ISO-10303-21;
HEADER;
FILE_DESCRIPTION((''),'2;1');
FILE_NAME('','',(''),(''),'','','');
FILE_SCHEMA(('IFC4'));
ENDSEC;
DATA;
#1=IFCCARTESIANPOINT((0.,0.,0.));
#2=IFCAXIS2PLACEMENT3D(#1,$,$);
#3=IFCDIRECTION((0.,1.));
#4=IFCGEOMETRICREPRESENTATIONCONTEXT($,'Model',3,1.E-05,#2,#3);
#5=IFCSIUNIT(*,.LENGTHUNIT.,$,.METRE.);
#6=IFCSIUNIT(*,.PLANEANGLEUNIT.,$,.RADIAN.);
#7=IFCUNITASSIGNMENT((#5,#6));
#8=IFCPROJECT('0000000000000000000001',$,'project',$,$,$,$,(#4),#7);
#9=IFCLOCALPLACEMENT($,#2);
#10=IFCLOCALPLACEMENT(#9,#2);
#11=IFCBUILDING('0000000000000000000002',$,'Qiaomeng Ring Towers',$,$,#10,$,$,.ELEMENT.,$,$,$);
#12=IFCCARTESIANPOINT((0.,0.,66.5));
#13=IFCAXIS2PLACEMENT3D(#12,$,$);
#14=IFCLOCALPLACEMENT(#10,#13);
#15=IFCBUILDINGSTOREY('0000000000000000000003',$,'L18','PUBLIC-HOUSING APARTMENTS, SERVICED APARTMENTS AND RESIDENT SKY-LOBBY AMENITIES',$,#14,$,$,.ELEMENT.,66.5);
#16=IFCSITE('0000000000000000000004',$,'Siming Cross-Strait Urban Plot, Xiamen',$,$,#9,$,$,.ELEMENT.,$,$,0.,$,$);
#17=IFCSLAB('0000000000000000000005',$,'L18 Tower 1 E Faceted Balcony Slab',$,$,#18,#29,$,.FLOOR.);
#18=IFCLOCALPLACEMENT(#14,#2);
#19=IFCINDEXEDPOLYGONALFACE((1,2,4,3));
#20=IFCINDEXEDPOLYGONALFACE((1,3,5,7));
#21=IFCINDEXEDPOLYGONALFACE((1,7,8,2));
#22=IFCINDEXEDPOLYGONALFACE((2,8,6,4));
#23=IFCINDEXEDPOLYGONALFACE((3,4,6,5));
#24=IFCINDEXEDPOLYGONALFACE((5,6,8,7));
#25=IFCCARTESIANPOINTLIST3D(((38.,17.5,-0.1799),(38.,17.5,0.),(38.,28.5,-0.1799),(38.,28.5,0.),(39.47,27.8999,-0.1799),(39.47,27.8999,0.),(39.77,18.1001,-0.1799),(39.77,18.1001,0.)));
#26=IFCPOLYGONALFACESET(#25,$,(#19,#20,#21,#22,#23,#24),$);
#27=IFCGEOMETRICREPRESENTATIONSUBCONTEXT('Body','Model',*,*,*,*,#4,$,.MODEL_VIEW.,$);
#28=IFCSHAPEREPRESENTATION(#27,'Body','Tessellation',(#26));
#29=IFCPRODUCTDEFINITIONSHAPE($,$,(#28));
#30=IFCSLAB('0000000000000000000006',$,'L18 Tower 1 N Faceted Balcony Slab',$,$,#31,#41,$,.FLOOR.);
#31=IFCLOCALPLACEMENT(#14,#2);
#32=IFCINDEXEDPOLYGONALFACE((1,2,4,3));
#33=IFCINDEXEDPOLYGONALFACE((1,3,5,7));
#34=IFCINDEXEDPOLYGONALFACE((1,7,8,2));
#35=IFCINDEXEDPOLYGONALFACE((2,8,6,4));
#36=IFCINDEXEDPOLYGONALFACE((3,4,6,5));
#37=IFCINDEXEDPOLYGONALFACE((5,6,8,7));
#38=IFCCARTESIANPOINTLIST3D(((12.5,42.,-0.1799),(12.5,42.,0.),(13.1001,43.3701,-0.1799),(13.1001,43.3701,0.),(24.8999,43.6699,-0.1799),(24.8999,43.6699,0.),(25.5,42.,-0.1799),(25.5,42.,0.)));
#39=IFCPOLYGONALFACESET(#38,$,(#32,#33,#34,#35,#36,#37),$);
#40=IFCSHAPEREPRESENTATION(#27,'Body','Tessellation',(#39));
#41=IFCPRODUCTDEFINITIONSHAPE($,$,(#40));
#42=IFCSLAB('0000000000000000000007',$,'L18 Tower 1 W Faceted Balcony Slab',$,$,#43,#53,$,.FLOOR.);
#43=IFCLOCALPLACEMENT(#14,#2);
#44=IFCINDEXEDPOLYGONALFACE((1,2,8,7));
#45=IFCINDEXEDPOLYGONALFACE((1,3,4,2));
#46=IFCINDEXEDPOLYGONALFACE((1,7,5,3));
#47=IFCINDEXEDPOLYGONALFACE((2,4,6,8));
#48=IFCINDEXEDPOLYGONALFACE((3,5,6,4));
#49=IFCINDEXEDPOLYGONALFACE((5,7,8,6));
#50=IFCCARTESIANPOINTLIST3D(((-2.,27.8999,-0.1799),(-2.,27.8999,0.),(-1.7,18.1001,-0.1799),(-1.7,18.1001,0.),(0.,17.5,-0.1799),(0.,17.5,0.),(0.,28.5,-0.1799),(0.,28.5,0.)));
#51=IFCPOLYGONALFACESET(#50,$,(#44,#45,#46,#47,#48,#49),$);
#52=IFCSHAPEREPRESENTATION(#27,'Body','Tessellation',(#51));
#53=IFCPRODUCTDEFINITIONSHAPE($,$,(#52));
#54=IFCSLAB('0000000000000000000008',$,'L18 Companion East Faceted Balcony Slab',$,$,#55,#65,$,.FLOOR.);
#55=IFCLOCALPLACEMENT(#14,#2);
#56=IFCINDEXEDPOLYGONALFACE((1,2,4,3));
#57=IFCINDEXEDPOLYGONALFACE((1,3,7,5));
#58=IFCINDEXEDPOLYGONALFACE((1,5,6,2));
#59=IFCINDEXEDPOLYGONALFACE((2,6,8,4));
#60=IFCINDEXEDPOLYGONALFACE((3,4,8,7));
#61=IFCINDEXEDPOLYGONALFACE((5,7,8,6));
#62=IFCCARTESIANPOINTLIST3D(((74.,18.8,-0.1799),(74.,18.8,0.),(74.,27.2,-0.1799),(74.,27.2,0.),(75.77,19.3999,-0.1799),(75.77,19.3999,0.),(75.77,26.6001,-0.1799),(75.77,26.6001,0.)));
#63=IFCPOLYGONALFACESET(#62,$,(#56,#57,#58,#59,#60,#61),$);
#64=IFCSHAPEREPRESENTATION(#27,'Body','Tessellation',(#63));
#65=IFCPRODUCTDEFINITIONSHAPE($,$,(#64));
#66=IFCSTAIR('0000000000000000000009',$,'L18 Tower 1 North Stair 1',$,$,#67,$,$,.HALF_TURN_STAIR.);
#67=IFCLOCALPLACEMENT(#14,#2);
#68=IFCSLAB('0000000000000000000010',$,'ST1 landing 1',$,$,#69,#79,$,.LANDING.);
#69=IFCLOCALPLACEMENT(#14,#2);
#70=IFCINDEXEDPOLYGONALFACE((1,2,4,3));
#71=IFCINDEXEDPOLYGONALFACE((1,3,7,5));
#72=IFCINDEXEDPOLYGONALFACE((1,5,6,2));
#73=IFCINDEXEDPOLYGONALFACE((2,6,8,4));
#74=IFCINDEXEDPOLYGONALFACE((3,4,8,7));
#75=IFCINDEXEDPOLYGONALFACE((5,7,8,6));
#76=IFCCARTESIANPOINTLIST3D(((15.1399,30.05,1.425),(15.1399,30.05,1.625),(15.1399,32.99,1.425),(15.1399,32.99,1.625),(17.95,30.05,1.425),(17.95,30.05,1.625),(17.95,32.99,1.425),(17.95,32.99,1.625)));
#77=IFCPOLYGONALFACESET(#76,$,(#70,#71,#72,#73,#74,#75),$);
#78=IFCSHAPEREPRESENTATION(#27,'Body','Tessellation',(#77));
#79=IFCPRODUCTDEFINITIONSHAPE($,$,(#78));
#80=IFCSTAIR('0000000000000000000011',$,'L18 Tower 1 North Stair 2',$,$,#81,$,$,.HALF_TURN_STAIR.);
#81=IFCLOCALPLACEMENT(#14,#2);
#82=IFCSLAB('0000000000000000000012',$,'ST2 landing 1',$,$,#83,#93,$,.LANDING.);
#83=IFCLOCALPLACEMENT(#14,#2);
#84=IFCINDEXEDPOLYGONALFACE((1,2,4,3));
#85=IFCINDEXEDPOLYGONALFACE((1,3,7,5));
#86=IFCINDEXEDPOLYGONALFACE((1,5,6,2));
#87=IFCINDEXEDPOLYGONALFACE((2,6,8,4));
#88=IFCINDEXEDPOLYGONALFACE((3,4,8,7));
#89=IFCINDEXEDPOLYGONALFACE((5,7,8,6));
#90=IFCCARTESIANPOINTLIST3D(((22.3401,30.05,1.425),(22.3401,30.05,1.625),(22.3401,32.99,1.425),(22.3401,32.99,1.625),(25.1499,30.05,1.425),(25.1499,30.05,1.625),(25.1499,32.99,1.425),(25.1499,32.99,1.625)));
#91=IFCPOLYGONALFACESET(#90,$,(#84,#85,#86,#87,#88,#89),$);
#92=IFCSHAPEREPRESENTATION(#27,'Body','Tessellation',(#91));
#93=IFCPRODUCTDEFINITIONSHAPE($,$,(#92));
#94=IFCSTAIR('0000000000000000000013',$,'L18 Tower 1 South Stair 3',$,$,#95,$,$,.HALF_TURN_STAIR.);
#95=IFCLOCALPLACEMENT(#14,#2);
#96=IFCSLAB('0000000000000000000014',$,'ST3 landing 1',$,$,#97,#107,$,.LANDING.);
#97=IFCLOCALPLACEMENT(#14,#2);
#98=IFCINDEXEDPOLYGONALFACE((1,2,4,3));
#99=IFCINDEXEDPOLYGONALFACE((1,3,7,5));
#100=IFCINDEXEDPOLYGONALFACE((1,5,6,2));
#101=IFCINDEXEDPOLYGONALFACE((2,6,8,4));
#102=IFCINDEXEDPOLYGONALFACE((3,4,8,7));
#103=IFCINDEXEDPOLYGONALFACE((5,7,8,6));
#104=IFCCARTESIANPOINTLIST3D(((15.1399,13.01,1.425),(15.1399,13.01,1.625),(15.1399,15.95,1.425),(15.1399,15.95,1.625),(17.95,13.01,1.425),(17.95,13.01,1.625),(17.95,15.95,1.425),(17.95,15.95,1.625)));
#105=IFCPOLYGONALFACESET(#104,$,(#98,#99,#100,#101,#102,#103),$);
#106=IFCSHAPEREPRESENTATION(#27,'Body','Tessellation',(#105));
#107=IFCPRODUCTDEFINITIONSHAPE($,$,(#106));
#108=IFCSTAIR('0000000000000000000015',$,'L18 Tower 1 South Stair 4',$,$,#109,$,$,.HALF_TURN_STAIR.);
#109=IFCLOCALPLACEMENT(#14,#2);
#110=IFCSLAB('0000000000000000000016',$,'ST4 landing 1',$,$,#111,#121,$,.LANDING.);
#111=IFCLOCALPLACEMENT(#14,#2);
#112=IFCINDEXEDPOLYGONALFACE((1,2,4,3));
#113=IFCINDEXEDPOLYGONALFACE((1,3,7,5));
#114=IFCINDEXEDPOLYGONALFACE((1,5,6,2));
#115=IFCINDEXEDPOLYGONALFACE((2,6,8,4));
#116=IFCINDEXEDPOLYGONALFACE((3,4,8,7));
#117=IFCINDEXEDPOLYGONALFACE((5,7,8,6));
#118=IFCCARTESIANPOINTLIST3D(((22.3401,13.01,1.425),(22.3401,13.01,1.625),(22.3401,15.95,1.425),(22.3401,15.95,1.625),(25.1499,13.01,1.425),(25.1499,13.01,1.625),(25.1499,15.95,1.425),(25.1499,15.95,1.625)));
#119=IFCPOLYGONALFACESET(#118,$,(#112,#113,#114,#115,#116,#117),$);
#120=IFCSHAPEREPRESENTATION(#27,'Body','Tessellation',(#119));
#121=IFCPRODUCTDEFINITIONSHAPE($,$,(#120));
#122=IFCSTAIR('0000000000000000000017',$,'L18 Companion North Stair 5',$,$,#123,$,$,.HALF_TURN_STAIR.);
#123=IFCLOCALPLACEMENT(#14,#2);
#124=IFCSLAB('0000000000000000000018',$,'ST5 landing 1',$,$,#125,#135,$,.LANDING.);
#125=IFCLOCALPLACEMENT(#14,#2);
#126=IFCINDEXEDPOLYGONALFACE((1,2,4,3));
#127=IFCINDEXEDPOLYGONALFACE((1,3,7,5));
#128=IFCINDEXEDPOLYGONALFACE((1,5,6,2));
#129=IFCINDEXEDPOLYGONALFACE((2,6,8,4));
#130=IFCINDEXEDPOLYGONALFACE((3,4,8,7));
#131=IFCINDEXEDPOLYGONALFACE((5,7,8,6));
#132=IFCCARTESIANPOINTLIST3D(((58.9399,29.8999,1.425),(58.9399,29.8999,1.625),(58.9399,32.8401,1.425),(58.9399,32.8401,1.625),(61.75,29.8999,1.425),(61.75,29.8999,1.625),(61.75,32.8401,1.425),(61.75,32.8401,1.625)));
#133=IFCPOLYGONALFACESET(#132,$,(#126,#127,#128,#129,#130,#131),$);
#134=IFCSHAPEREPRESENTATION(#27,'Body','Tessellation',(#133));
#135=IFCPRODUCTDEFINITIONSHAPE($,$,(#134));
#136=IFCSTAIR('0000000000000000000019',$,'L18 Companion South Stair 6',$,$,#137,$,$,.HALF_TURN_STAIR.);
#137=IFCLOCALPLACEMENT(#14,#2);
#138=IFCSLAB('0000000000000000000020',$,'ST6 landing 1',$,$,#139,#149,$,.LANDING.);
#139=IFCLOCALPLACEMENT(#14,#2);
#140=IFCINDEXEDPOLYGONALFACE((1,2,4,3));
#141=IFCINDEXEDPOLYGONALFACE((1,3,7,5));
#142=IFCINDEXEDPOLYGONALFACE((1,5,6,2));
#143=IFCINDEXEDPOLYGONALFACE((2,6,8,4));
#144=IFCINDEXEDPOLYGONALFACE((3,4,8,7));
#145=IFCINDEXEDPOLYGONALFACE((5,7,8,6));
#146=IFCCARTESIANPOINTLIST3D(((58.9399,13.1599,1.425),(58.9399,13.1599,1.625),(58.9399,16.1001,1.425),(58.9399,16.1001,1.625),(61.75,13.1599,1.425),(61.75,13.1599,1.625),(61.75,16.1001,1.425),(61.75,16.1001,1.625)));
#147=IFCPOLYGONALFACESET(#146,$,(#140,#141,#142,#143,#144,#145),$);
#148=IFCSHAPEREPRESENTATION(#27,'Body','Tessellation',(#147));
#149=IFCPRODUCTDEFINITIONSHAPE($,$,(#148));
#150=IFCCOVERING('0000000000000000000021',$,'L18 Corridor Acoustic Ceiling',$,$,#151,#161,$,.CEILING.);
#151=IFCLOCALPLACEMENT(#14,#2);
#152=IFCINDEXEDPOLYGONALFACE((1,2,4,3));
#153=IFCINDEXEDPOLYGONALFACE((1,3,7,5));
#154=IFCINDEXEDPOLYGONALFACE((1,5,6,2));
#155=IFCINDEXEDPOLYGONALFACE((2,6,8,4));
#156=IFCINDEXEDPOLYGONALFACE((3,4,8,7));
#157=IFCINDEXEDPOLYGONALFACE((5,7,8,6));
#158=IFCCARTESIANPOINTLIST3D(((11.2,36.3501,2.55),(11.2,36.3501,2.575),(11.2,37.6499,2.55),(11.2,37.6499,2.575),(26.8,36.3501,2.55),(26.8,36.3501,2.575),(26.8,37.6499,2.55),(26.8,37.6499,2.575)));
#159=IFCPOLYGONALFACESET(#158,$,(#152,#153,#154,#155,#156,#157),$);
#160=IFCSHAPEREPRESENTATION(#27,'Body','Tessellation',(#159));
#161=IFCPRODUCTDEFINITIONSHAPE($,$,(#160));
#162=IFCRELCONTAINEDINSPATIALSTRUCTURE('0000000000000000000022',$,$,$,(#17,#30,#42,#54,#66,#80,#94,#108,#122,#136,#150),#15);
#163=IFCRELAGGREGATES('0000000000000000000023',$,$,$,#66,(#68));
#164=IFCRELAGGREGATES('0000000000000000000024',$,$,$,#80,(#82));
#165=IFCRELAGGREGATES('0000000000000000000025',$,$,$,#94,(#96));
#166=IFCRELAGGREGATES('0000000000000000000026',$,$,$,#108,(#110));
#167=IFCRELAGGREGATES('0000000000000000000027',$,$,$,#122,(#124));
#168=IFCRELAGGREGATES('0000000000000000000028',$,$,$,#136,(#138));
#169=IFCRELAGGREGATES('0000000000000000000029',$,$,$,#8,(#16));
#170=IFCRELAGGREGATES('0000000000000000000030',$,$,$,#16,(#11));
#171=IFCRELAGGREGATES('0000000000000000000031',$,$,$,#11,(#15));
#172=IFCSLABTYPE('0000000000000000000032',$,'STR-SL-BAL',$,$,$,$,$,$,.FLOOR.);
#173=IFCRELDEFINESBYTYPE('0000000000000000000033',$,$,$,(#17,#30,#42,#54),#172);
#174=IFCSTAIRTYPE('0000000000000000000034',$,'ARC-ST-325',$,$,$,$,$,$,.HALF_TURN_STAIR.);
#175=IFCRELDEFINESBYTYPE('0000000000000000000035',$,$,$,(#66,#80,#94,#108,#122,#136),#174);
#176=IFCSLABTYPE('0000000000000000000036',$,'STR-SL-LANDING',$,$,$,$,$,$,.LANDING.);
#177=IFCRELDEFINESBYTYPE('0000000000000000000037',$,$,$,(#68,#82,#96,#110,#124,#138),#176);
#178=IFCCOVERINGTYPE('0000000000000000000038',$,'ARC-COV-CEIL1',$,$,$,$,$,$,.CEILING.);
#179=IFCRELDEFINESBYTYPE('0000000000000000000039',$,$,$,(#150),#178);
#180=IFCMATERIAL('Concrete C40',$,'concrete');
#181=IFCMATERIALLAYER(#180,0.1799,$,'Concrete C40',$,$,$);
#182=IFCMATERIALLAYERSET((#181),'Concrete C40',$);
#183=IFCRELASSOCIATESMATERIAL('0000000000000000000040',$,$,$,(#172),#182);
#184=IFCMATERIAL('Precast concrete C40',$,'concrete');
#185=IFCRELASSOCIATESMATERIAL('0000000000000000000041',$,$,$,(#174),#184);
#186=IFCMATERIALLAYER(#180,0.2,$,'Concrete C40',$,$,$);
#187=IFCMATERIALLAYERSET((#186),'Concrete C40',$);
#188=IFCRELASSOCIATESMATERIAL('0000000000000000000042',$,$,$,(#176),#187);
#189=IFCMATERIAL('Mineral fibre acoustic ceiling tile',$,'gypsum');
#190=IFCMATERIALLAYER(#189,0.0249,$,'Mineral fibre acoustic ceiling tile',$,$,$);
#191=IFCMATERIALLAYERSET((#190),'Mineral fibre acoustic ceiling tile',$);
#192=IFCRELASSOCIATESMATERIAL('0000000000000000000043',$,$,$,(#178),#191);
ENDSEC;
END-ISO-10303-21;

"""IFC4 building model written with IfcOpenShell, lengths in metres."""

from ifc_helpers import new_model, si_unit, direction, frame, origin, place, context, subcontext, project, spatial, polyline, outline, extrude, material, layer, layer_set, type_object, element, aggregate, save


model = new_model("IFC4")

# Units and contexts
model_context = context("Model", 3, precision=1e-05, world=origin(), true_north=direction((0.0, 1.0)))
body_context = subcontext(model_context, "Body", "Model", "MODEL_VIEW")
ifc_project = project(units=[si_unit("LENGTHUNIT", "METRE"), si_unit("PLANEANGLEUNIT", "RADIAN")], contexts=[model_context])

# Site, building, storey
site_placement = place(None, origin())
site = spatial("IfcSite", under=ifc_project, at=site_placement, Name="Siming Cross-Strait Urban Plot, Xiamen", CompositionType="ELEMENT", RefElevation=0.0)
building_placement = place(site_placement, origin())
building = spatial("IfcBuilding", under=site, at=building_placement, Name="Qiaomeng Ring Towers", CompositionType="ELEMENT")
storey_placement = place(building_placement, frame((0.0, 0.0, 66.5)))
storey = spatial("IfcBuildingStorey", under=building, at=storey_placement, Name="L18", Description="PUBLIC-HOUSING APARTMENTS, SERVICED APARTMENTS AND RESIDENT SKY-LOBBY AMENITIES", CompositionType="ELEMENT", Elevation=66.5)

# Slabs
ifc_material_1 = material(Name="Concrete C40", Category="concrete")
ifc_layer_1 = layer(ifc_material_1, 0.1799, Name="Concrete C40")
ifc_layer_set_1 = layer_set([ifc_layer_1], Name="Concrete C40")
slab_type_1 = type_object("IfcSlabType", Name="STR-SL-BAL", PredefinedType="FLOOR", material=ifc_layer_set_1)
slab_1_placement = place(storey_placement, frame((0.0, 0.0, -0.1799)))
element("IfcSlab", 1, at=slab_1_placement, inside=storey, type_object=slab_type_1, Name="L18 Tower 1 E Faceted Balcony Slab", PredefinedType="FLOOR", context=body_context, shape_type="SweptSolid", body=[
    extrude(outline(polyline([(39.47, 27.8999), (39.77, 18.1001), (38.0, 17.5), (38.0, 28.5), (39.47, 27.8999)])), origin(), (0.0, 0.0, 1.0), 0.1799),
])
slab_2_placement = place(storey_placement, frame((0.0, 0.0, -0.1799)))
element("IfcSlab", 2, at=slab_2_placement, inside=storey, type_object=slab_type_1, Name="L18 Tower 1 N Faceted Balcony Slab", PredefinedType="FLOOR", context=body_context, shape_type="SweptSolid", body=[
    extrude(outline(polyline([(12.5, 42.0), (13.1001, 43.3701), (24.8999, 43.6699), (25.5, 42.0), (12.5, 42.0)])), origin(), (0.0, 0.0, 1.0), 0.1799),
])
slab_3_placement = place(storey_placement, frame((0.0, 0.0, -0.1799)))
element("IfcSlab", 3, at=slab_3_placement, inside=storey, type_object=slab_type_1, Name="L18 Tower 1 W Faceted Balcony Slab", PredefinedType="FLOOR", context=body_context, shape_type="SweptSolid", body=[
    extrude(outline(polyline([(0.0, 17.5), (-1.7, 18.1001), (-2.0, 27.8999), (0.0, 28.5), (0.0, 17.5)])), origin(), (0.0, 0.0, 1.0), 0.1799),
])
slab_4_placement = place(storey_placement, frame((0.0, 0.0, -0.1799)))
element("IfcSlab", 4, at=slab_4_placement, inside=storey, type_object=slab_type_1, Name="L18 Companion East Faceted Balcony Slab", PredefinedType="FLOOR", context=body_context, shape_type="SweptSolid", body=[
    extrude(outline(polyline([(75.77, 26.6001), (75.77, 19.3999), (74.0, 18.8), (74.0, 27.2), (75.77, 26.6001)])), origin(), (0.0, 0.0, 1.0), 0.1799),
])

# Stairs, slabs
ifc_material_2 = material(Name="Precast concrete C40", Category="concrete")
stair_type = type_object("IfcStairType", Name="ARC-ST-325", PredefinedType="HALF_TURN_STAIR", material=ifc_material_2)
stair_1_placement = place(storey_placement, origin())
stair_1 = element("IfcStair", 5, at=stair_1_placement, inside=storey, type_object=stair_type, Name="L18 Tower 1 North Stair 1", PredefinedType="HALF_TURN_STAIR")
ifc_layer_2 = layer(ifc_material_1, 0.2, Name="Concrete C40")
ifc_layer_set_2 = layer_set([ifc_layer_2], Name="Concrete C40")
slab_type_2 = type_object("IfcSlabType", Name="STR-SL-LANDING", PredefinedType="LANDING", material=ifc_layer_set_2)
slab_5_placement = place(storey_placement, frame((0.0, 0.0, 1.425)))
slab_5 = element("IfcSlab", 6, at=slab_5_placement, type_object=slab_type_2, Name="ST1 landing 1", PredefinedType="LANDING", context=body_context, shape_type="SweptSolid", body=[
    extrude(outline(polyline([(15.1399, 30.05), (17.95, 30.05), (17.95, 32.99), (15.1399, 32.99), (15.1399, 30.05)])), origin(), (0.0, 0.0, 1.0), 0.2),
])
aggregate(stair_1, [slab_5])
stair_2_placement = place(storey_placement, origin())
stair_2 = element("IfcStair", 7, at=stair_2_placement, inside=storey, type_object=stair_type, Name="L18 Tower 1 North Stair 2", PredefinedType="HALF_TURN_STAIR")
slab_6_placement = place(storey_placement, frame((0.0, 0.0, 1.425)))
slab_6 = element("IfcSlab", 8, at=slab_6_placement, type_object=slab_type_2, Name="ST2 landing 1", PredefinedType="LANDING", context=body_context, shape_type="SweptSolid", body=[
    extrude(outline(polyline([(22.3401, 30.05), (25.1499, 30.05), (25.1499, 32.99), (22.3401, 32.99), (22.3401, 30.05)])), origin(), (0.0, 0.0, 1.0), 0.2),
])
aggregate(stair_2, [slab_6])
stair_3_placement = place(storey_placement, origin())
stair_3 = element("IfcStair", 9, at=stair_3_placement, inside=storey, type_object=stair_type, Name="L18 Tower 1 South Stair 3", PredefinedType="HALF_TURN_STAIR")
slab_7_placement = place(storey_placement, frame((0.0, 0.0, 1.425)))
slab_7 = element("IfcSlab", 10, at=slab_7_placement, type_object=slab_type_2, Name="ST3 landing 1", PredefinedType="LANDING", context=body_context, shape_type="SweptSolid", body=[
    extrude(outline(polyline([(15.1399, 13.01), (17.95, 13.01), (17.95, 15.95), (15.1399, 15.95), (15.1399, 13.01)])), origin(), (0.0, 0.0, 1.0), 0.2),
])
aggregate(stair_3, [slab_7])
stair_4_placement = place(storey_placement, origin())
stair_4 = element("IfcStair", 11, at=stair_4_placement, inside=storey, type_object=stair_type, Name="L18 Tower 1 South Stair 4", PredefinedType="HALF_TURN_STAIR")
slab_8_placement = place(storey_placement, frame((0.0, 0.0, 1.425)))
slab_8 = element("IfcSlab", 12, at=slab_8_placement, type_object=slab_type_2, Name="ST4 landing 1", PredefinedType="LANDING", context=body_context, shape_type="SweptSolid", body=[
    extrude(outline(polyline([(22.3401, 13.01), (25.1499, 13.01), (25.1499, 15.95), (22.3401, 15.95), (22.3401, 13.01)])), origin(), (0.0, 0.0, 1.0), 0.2),
])
aggregate(stair_4, [slab_8])
stair_5_placement = place(storey_placement, origin())
stair_5 = element("IfcStair", 13, at=stair_5_placement, inside=storey, type_object=stair_type, Name="L18 Companion North Stair 5", PredefinedType="HALF_TURN_STAIR")
slab_9_placement = place(storey_placement, frame((0.0, 0.0, 1.425)))
slab_9 = element("IfcSlab", 14, at=slab_9_placement, type_object=slab_type_2, Name="ST5 landing 1", PredefinedType="LANDING", context=body_context, shape_type="SweptSolid", body=[
    extrude(outline(polyline([(58.9399, 29.8999), (61.75, 29.8999), (61.75, 32.8401), (58.9399, 32.8401), (58.9399, 29.8999)])), origin(), (0.0, 0.0, 1.0), 0.2),
])
aggregate(stair_5, [slab_9])
stair_6_placement = place(storey_placement, origin())
stair_6 = element("IfcStair", 15, at=stair_6_placement, inside=storey, type_object=stair_type, Name="L18 Companion South Stair 6", PredefinedType="HALF_TURN_STAIR")
slab_10_placement = place(storey_placement, frame((0.0, 0.0, 1.425)))
slab_10 = element("IfcSlab", 16, at=slab_10_placement, type_object=slab_type_2, Name="ST6 landing 1", PredefinedType="LANDING", context=body_context, shape_type="SweptSolid", body=[
    extrude(outline(polyline([(58.9399, 13.1599), (61.75, 13.1599), (61.75, 16.1001), (58.9399, 16.1001), (58.9399, 13.1599)])), origin(), (0.0, 0.0, 1.0), 0.2),
])
aggregate(stair_6, [slab_10])

# Covering
ifc_material_3 = material(Name="Mineral fibre acoustic ceiling tile", Category="gypsum")
ifc_layer_3 = layer(ifc_material_3, 0.0249, Name="Mineral fibre acoustic ceiling tile")
ifc_layer_set_3 = layer_set([ifc_layer_3], Name="Mineral fibre acoustic ceiling tile")
covering_type = type_object("IfcCoveringType", Name="ARC-COV-CEIL1", PredefinedType="CEILING", material=ifc_layer_set_3)
covering_placement = place(storey_placement, frame((0.0, 0.0, 2.55)))
element("IfcCovering", 17, at=covering_placement, inside=storey, type_object=covering_type, Name="L18 Corridor Acoustic Ceiling", PredefinedType="CEILING", context=body_context, shape_type="SweptSolid", body=[
    extrude(outline(polyline([(11.2, 36.3501), (11.2, 37.6499), (26.8, 37.6499), (26.8, 36.3501), (11.2, 36.3501)])), origin(), (0.0, 0.0, 1.0), 0.0249),
])

save(model, "model.ifc")
